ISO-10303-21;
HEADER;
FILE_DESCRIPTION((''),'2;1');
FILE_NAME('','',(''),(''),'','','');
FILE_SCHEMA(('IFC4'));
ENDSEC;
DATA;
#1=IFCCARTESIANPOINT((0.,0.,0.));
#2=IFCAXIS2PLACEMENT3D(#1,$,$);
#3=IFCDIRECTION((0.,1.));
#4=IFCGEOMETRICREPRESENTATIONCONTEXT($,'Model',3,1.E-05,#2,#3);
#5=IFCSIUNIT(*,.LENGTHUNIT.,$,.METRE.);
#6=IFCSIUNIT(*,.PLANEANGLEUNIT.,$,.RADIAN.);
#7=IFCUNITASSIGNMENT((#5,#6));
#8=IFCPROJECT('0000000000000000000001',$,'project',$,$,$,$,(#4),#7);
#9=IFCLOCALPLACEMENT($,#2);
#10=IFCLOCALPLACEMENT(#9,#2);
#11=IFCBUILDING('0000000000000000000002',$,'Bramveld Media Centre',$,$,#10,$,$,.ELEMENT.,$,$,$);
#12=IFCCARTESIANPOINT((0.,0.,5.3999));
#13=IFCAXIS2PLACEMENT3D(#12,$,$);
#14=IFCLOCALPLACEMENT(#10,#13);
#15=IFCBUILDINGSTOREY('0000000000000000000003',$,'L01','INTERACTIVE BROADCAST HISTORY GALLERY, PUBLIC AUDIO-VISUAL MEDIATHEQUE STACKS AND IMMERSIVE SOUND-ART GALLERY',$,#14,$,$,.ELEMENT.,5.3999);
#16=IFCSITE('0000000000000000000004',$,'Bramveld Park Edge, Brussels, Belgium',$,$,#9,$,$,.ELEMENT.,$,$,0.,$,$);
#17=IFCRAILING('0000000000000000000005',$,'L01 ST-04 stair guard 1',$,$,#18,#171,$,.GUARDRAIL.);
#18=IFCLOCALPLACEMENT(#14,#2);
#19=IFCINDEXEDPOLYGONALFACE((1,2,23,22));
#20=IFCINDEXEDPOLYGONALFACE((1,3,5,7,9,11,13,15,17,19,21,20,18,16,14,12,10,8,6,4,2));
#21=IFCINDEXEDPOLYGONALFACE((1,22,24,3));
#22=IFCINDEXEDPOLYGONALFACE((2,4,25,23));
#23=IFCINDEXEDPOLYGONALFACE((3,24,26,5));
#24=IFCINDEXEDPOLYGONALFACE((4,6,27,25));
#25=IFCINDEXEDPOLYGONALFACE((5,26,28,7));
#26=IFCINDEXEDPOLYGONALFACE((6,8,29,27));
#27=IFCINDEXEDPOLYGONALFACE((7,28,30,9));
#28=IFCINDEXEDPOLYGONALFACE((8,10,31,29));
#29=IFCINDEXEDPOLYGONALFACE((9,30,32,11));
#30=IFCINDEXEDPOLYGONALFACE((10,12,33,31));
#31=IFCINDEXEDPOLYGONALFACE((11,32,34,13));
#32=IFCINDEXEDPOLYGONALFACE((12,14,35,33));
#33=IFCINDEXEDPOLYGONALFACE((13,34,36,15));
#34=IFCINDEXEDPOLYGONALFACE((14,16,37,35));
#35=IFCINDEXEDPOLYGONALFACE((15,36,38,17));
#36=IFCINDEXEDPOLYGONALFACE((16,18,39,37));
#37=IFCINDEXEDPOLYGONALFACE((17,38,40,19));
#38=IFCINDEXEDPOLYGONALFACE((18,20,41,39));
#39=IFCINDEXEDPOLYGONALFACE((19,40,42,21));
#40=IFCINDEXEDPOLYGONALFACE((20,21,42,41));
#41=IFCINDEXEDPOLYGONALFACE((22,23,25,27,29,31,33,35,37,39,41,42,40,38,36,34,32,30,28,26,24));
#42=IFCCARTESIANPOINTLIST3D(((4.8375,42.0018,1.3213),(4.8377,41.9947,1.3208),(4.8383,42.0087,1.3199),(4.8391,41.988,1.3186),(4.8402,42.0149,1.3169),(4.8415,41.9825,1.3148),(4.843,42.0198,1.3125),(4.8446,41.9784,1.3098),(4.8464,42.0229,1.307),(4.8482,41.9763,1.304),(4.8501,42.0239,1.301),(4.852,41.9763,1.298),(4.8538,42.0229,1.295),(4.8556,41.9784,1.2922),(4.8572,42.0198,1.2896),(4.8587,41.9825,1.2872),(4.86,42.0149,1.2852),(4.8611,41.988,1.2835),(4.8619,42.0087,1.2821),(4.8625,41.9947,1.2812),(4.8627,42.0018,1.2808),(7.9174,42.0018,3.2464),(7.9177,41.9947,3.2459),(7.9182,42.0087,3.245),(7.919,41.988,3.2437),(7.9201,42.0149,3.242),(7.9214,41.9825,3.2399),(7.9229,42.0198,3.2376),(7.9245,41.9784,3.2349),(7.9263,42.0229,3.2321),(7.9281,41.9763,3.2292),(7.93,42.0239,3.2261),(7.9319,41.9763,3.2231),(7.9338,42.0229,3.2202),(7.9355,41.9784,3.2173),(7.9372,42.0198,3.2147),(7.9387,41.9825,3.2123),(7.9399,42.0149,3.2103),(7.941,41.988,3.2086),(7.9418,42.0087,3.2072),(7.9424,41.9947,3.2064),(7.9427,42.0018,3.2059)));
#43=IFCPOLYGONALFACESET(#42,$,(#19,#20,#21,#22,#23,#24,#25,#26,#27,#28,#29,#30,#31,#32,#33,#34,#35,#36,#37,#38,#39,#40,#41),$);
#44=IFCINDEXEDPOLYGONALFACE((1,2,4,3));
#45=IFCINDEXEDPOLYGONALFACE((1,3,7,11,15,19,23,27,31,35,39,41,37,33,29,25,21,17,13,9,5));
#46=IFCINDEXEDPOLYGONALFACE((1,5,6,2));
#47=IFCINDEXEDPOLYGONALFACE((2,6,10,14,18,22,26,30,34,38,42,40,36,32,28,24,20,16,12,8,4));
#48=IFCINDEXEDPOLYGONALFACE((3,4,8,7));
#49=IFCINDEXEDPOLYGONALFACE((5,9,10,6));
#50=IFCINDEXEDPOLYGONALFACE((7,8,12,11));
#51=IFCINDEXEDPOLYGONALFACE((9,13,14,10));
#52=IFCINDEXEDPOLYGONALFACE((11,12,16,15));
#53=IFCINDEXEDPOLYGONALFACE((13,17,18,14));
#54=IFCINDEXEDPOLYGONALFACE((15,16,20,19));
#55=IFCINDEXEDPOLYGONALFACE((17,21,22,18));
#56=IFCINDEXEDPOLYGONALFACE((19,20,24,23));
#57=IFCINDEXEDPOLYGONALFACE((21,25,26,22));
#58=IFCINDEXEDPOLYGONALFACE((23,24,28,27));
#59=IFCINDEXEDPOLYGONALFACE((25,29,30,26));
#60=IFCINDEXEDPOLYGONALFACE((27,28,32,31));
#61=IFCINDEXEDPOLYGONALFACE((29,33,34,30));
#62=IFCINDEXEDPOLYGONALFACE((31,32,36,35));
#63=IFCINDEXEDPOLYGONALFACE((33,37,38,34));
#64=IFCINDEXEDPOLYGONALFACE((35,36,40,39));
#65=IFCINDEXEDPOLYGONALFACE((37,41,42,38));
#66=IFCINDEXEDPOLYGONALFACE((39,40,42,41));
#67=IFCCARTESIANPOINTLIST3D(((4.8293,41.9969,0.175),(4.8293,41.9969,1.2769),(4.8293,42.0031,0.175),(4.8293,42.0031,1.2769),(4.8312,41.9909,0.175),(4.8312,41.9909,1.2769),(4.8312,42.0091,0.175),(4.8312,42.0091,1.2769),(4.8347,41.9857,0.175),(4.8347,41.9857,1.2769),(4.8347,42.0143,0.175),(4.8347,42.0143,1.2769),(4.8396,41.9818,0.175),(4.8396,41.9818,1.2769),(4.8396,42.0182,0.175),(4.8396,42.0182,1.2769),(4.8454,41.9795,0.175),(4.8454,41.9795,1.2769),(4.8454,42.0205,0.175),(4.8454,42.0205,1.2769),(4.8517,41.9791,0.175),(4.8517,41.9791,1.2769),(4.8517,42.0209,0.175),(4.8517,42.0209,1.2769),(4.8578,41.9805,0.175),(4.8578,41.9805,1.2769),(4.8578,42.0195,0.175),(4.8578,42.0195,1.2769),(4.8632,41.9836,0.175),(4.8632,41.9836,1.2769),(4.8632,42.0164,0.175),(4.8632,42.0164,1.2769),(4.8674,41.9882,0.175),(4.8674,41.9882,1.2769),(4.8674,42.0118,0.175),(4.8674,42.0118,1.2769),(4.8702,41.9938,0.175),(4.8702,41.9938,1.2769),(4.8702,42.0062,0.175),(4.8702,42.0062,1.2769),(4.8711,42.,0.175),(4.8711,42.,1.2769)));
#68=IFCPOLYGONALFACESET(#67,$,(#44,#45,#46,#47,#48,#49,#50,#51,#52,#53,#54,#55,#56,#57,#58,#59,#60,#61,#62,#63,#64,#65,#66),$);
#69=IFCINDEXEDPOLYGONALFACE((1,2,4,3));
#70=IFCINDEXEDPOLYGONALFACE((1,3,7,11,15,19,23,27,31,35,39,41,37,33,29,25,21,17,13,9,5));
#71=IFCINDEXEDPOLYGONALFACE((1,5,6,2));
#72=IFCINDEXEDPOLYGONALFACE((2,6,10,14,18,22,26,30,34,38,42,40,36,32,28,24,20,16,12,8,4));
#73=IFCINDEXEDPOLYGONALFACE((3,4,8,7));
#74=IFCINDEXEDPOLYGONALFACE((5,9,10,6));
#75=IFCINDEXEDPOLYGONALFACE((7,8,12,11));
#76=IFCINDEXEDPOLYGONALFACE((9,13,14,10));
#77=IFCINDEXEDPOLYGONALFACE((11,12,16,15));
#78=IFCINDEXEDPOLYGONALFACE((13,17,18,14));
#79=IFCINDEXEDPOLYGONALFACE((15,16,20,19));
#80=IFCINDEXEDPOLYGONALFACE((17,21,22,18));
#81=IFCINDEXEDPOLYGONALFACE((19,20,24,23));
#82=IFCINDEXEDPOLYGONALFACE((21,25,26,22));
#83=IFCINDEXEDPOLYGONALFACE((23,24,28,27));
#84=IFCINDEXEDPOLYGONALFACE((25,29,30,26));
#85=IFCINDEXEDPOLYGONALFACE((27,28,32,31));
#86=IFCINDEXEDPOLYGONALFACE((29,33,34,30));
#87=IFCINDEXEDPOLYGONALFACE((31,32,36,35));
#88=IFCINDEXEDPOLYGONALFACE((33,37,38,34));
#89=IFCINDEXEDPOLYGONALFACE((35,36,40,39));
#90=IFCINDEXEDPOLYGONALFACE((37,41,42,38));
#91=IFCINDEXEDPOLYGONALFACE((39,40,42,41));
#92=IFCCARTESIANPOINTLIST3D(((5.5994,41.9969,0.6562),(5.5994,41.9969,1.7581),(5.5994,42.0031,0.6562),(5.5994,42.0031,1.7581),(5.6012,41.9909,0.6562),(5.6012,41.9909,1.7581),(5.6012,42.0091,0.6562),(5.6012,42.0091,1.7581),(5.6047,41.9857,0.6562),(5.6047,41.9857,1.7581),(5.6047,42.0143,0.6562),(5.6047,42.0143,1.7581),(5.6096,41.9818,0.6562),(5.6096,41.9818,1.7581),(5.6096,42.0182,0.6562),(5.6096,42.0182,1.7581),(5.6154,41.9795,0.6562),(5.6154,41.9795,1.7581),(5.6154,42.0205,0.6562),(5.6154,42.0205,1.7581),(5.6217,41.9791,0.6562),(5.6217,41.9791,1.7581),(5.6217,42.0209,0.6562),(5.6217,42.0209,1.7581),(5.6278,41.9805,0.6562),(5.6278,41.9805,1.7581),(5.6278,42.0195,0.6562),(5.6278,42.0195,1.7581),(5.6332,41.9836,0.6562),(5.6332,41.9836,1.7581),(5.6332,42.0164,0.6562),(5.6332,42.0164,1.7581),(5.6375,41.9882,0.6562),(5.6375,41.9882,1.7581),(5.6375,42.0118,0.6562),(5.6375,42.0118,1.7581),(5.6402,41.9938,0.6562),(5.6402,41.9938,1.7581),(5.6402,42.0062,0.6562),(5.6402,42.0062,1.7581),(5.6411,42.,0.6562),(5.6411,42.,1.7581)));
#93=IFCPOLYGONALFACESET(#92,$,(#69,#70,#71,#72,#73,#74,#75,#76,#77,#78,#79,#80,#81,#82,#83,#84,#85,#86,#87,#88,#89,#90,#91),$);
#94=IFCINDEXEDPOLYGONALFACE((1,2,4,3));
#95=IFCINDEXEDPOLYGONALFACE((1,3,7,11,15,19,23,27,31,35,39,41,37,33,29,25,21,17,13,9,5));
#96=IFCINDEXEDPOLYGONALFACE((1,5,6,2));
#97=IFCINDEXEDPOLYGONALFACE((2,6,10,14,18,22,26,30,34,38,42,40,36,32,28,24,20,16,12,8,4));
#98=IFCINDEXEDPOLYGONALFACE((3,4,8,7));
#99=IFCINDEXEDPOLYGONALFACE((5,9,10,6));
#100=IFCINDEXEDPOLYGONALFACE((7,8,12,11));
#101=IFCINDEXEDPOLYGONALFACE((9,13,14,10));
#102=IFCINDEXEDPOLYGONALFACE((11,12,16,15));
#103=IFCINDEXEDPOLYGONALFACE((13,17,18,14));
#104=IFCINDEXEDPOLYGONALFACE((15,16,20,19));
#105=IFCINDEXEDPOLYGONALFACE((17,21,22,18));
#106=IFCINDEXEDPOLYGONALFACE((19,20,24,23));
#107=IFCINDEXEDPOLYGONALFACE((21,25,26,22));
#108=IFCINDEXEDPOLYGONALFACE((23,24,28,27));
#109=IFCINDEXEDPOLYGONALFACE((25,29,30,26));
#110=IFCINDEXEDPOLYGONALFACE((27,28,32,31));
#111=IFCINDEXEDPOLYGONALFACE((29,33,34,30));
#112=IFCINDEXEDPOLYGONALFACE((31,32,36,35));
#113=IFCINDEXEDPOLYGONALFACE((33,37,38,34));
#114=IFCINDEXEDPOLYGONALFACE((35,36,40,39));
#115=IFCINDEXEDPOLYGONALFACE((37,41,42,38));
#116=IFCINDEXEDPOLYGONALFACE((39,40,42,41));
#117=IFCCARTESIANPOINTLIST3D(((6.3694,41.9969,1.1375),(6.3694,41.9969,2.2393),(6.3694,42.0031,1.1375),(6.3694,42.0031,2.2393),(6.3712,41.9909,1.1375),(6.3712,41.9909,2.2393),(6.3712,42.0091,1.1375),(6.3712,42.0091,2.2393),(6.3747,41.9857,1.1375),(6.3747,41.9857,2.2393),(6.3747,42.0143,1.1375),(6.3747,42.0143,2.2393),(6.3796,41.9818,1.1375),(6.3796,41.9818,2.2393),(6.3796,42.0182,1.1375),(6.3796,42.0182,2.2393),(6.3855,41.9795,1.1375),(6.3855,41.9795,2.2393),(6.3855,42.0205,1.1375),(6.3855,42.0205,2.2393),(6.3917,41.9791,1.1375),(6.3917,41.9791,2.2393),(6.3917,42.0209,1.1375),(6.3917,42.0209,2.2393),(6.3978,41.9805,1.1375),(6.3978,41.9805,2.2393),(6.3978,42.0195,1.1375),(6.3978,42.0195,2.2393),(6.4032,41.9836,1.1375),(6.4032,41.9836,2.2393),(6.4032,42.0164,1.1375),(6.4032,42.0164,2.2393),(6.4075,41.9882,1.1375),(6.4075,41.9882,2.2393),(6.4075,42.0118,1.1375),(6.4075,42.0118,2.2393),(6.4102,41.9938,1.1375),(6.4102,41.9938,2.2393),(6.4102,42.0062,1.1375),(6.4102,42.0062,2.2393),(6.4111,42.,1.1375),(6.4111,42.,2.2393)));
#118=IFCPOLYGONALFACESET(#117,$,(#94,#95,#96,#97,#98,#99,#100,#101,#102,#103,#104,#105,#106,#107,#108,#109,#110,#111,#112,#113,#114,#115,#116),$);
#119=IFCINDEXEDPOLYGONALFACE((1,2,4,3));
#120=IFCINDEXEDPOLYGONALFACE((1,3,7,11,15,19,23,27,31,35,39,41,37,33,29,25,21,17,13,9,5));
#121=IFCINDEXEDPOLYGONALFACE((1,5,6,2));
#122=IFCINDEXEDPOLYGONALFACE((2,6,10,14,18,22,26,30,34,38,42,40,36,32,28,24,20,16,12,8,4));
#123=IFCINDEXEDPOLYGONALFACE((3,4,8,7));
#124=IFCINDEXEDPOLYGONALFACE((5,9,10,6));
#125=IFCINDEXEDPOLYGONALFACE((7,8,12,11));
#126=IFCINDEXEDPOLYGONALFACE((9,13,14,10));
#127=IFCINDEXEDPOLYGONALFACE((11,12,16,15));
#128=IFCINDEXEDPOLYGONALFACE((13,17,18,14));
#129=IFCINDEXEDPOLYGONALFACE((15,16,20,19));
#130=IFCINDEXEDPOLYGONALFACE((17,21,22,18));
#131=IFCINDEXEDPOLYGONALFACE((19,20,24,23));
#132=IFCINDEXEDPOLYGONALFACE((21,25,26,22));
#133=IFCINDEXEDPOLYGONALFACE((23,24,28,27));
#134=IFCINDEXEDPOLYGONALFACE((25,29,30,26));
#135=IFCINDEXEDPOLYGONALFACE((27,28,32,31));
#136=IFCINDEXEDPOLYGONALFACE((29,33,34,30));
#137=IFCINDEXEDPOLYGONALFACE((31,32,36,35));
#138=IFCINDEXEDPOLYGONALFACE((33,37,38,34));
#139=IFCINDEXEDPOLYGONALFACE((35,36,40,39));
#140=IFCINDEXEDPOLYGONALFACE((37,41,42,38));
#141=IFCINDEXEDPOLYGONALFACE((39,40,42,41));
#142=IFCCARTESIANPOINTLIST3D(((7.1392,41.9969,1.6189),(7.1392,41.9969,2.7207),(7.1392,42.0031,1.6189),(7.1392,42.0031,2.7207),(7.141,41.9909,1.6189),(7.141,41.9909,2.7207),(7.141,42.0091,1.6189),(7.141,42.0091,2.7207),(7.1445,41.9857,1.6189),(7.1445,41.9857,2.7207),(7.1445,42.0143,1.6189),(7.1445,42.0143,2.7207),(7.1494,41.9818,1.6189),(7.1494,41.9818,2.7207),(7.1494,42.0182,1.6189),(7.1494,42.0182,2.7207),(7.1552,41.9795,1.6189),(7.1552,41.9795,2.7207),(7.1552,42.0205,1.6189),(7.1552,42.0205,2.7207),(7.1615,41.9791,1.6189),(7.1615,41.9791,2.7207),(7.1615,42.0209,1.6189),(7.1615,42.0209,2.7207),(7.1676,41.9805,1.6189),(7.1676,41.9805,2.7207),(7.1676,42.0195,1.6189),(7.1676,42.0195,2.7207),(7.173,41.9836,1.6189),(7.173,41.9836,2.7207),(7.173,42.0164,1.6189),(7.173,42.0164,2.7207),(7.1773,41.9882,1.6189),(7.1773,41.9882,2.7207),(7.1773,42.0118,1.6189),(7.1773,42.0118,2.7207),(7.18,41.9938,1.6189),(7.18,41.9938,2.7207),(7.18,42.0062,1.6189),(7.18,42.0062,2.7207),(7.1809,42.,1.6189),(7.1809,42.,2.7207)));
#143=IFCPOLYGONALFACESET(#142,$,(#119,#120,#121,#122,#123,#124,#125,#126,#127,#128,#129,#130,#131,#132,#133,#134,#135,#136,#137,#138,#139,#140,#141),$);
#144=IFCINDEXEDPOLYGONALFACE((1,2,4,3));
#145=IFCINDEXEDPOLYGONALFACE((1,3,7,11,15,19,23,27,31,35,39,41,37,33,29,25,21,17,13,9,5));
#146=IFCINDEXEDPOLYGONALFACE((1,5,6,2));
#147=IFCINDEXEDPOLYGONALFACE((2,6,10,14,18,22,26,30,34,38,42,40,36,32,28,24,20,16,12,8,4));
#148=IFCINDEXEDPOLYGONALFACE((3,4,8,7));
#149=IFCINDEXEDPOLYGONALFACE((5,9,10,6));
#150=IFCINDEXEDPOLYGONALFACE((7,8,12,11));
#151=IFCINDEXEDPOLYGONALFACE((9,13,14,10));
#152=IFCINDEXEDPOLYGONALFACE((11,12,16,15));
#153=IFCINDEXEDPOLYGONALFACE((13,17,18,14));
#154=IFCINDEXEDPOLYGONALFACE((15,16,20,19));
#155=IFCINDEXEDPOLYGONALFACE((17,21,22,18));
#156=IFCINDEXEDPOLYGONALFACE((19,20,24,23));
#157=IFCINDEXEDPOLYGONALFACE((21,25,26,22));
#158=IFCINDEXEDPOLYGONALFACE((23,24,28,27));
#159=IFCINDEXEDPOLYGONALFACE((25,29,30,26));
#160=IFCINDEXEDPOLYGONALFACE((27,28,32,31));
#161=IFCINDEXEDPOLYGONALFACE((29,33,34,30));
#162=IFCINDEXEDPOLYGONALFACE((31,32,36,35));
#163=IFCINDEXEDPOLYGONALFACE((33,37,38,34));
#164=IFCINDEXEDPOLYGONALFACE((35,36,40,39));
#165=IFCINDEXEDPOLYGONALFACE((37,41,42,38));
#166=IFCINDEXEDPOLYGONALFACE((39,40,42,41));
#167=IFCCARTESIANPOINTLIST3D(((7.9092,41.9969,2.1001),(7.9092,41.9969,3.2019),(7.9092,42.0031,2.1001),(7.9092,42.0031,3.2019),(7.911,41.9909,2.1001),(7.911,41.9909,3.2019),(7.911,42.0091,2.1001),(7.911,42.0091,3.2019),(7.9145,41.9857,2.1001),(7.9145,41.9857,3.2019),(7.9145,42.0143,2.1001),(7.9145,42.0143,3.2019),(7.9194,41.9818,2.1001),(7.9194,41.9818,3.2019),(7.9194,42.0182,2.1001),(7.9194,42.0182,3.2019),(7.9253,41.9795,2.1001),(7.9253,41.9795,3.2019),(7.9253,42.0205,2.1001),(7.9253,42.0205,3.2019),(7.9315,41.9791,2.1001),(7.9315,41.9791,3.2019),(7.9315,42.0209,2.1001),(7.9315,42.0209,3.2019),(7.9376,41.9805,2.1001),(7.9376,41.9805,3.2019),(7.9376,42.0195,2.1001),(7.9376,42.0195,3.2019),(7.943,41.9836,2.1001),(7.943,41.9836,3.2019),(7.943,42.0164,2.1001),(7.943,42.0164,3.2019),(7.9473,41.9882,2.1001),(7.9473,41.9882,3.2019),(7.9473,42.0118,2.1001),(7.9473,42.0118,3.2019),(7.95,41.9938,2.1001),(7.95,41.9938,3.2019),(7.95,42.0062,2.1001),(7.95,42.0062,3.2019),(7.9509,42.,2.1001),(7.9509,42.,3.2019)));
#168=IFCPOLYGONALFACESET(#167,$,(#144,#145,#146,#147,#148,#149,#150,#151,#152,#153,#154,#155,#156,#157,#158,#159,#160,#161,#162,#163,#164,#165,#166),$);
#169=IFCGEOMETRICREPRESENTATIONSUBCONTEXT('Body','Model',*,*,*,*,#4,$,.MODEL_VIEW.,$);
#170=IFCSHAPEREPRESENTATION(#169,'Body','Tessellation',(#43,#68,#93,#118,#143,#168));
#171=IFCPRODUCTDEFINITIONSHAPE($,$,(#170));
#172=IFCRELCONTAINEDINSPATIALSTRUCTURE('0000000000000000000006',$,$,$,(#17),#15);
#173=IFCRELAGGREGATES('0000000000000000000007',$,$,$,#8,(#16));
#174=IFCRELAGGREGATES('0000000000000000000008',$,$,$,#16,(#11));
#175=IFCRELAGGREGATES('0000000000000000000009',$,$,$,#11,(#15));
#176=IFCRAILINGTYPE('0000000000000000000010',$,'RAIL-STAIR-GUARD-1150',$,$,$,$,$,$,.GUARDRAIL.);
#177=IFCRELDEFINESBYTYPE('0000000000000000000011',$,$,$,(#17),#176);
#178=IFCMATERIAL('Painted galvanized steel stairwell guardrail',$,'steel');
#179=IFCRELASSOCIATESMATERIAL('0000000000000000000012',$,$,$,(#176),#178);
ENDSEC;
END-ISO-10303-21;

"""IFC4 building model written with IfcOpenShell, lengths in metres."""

from ifc_helpers import new_model, si_unit, direction, frame, origin, origin_2d, place, context, subcontext, project, spatial, circle, extrude, material, type_object, element, save


model = new_model("IFC4")

# Units and contexts
model_context = context("Model", 3, precision=1e-05, world=origin(), true_north=direction((0.0, 1.0)))
body_context = subcontext(model_context, "Body", "Model", "MODEL_VIEW")
ifc_project = project(units=[si_unit("LENGTHUNIT", "METRE"), si_unit("PLANEANGLEUNIT", "RADIAN")], contexts=[model_context])

# Site, building, storey
site_placement = place(None, origin())
site = spatial("IfcSite", under=ifc_project, at=site_placement, Name="Bramveld Park Edge, Brussels, Belgium", CompositionType="ELEMENT", RefElevation=0.0)
building_placement = place(site_placement, origin())
building = spatial("IfcBuilding", under=site, at=building_placement, Name="Bramveld Media Centre", CompositionType="ELEMENT")
storey_placement = place(building_placement, frame((0.0, 0.0, 5.3999)))
storey = spatial("IfcBuildingStorey", under=building, at=storey_placement, Name="L01", Description="INTERACTIVE BROADCAST HISTORY GALLERY, PUBLIC AUDIO-VISUAL MEDIATHEQUE STACKS AND IMMERSIVE SOUND-ART GALLERY", CompositionType="ELEMENT", Elevation=5.3999)

# Railing
ifc_material_1 = material(Name="Painted galvanized steel stairwell guardrail", Category="steel")
railing_type_1 = type_object("IfcRailingType", Name="RAIL-STAIR-GUARD-1150", PredefinedType="GUARDRAIL", material=ifc_material_1)
railing_1_placement = place(storey_placement, frame((4.8501, 42.0, 0.175)))
element("IfcRailing", 1, at=railing_1_placement, inside=storey, type_object=railing_type_1, Name="L01 ST-04 stair guard 1", PredefinedType="GUARDRAIL", context=body_context, shape_type="SweptSolid", body=[
    extrude(circle(Radius=0.0239, at=origin_2d()), frame((0.0, 0.0, 1.126), z_axis=(0.847979, 0.0, 0.530029), x_axis=(0.0, 1.0, 0.0)), (0.0, 0.0, 1.0), 3.6321),
    extrude(circle(Radius=0.021, at=origin_2d()), origin(), (0.0, 0.0, 1.0), 1.1018),
    extrude(circle(Radius=0.021, at=origin_2d()), frame((0.77, 0.0, 0.4812)), (0.0, 0.0, 1.0), 1.1018),
    extrude(circle(Radius=0.021, at=origin_2d()), frame((1.54, 0.0, 0.9624)), (0.0, 0.0, 1.0), 1.1018),
    extrude(circle(Radius=0.021, at=origin_2d()), frame((2.3098, 0.0, 1.4438)), (0.0, 0.0, 1.0), 1.1018),
    extrude(circle(Radius=0.021, at=origin_2d()), frame((3.0798, 0.0, 1.925)), (0.0, 0.0, 1.0), 1.1018),
])

save(model, "model.ifc")
